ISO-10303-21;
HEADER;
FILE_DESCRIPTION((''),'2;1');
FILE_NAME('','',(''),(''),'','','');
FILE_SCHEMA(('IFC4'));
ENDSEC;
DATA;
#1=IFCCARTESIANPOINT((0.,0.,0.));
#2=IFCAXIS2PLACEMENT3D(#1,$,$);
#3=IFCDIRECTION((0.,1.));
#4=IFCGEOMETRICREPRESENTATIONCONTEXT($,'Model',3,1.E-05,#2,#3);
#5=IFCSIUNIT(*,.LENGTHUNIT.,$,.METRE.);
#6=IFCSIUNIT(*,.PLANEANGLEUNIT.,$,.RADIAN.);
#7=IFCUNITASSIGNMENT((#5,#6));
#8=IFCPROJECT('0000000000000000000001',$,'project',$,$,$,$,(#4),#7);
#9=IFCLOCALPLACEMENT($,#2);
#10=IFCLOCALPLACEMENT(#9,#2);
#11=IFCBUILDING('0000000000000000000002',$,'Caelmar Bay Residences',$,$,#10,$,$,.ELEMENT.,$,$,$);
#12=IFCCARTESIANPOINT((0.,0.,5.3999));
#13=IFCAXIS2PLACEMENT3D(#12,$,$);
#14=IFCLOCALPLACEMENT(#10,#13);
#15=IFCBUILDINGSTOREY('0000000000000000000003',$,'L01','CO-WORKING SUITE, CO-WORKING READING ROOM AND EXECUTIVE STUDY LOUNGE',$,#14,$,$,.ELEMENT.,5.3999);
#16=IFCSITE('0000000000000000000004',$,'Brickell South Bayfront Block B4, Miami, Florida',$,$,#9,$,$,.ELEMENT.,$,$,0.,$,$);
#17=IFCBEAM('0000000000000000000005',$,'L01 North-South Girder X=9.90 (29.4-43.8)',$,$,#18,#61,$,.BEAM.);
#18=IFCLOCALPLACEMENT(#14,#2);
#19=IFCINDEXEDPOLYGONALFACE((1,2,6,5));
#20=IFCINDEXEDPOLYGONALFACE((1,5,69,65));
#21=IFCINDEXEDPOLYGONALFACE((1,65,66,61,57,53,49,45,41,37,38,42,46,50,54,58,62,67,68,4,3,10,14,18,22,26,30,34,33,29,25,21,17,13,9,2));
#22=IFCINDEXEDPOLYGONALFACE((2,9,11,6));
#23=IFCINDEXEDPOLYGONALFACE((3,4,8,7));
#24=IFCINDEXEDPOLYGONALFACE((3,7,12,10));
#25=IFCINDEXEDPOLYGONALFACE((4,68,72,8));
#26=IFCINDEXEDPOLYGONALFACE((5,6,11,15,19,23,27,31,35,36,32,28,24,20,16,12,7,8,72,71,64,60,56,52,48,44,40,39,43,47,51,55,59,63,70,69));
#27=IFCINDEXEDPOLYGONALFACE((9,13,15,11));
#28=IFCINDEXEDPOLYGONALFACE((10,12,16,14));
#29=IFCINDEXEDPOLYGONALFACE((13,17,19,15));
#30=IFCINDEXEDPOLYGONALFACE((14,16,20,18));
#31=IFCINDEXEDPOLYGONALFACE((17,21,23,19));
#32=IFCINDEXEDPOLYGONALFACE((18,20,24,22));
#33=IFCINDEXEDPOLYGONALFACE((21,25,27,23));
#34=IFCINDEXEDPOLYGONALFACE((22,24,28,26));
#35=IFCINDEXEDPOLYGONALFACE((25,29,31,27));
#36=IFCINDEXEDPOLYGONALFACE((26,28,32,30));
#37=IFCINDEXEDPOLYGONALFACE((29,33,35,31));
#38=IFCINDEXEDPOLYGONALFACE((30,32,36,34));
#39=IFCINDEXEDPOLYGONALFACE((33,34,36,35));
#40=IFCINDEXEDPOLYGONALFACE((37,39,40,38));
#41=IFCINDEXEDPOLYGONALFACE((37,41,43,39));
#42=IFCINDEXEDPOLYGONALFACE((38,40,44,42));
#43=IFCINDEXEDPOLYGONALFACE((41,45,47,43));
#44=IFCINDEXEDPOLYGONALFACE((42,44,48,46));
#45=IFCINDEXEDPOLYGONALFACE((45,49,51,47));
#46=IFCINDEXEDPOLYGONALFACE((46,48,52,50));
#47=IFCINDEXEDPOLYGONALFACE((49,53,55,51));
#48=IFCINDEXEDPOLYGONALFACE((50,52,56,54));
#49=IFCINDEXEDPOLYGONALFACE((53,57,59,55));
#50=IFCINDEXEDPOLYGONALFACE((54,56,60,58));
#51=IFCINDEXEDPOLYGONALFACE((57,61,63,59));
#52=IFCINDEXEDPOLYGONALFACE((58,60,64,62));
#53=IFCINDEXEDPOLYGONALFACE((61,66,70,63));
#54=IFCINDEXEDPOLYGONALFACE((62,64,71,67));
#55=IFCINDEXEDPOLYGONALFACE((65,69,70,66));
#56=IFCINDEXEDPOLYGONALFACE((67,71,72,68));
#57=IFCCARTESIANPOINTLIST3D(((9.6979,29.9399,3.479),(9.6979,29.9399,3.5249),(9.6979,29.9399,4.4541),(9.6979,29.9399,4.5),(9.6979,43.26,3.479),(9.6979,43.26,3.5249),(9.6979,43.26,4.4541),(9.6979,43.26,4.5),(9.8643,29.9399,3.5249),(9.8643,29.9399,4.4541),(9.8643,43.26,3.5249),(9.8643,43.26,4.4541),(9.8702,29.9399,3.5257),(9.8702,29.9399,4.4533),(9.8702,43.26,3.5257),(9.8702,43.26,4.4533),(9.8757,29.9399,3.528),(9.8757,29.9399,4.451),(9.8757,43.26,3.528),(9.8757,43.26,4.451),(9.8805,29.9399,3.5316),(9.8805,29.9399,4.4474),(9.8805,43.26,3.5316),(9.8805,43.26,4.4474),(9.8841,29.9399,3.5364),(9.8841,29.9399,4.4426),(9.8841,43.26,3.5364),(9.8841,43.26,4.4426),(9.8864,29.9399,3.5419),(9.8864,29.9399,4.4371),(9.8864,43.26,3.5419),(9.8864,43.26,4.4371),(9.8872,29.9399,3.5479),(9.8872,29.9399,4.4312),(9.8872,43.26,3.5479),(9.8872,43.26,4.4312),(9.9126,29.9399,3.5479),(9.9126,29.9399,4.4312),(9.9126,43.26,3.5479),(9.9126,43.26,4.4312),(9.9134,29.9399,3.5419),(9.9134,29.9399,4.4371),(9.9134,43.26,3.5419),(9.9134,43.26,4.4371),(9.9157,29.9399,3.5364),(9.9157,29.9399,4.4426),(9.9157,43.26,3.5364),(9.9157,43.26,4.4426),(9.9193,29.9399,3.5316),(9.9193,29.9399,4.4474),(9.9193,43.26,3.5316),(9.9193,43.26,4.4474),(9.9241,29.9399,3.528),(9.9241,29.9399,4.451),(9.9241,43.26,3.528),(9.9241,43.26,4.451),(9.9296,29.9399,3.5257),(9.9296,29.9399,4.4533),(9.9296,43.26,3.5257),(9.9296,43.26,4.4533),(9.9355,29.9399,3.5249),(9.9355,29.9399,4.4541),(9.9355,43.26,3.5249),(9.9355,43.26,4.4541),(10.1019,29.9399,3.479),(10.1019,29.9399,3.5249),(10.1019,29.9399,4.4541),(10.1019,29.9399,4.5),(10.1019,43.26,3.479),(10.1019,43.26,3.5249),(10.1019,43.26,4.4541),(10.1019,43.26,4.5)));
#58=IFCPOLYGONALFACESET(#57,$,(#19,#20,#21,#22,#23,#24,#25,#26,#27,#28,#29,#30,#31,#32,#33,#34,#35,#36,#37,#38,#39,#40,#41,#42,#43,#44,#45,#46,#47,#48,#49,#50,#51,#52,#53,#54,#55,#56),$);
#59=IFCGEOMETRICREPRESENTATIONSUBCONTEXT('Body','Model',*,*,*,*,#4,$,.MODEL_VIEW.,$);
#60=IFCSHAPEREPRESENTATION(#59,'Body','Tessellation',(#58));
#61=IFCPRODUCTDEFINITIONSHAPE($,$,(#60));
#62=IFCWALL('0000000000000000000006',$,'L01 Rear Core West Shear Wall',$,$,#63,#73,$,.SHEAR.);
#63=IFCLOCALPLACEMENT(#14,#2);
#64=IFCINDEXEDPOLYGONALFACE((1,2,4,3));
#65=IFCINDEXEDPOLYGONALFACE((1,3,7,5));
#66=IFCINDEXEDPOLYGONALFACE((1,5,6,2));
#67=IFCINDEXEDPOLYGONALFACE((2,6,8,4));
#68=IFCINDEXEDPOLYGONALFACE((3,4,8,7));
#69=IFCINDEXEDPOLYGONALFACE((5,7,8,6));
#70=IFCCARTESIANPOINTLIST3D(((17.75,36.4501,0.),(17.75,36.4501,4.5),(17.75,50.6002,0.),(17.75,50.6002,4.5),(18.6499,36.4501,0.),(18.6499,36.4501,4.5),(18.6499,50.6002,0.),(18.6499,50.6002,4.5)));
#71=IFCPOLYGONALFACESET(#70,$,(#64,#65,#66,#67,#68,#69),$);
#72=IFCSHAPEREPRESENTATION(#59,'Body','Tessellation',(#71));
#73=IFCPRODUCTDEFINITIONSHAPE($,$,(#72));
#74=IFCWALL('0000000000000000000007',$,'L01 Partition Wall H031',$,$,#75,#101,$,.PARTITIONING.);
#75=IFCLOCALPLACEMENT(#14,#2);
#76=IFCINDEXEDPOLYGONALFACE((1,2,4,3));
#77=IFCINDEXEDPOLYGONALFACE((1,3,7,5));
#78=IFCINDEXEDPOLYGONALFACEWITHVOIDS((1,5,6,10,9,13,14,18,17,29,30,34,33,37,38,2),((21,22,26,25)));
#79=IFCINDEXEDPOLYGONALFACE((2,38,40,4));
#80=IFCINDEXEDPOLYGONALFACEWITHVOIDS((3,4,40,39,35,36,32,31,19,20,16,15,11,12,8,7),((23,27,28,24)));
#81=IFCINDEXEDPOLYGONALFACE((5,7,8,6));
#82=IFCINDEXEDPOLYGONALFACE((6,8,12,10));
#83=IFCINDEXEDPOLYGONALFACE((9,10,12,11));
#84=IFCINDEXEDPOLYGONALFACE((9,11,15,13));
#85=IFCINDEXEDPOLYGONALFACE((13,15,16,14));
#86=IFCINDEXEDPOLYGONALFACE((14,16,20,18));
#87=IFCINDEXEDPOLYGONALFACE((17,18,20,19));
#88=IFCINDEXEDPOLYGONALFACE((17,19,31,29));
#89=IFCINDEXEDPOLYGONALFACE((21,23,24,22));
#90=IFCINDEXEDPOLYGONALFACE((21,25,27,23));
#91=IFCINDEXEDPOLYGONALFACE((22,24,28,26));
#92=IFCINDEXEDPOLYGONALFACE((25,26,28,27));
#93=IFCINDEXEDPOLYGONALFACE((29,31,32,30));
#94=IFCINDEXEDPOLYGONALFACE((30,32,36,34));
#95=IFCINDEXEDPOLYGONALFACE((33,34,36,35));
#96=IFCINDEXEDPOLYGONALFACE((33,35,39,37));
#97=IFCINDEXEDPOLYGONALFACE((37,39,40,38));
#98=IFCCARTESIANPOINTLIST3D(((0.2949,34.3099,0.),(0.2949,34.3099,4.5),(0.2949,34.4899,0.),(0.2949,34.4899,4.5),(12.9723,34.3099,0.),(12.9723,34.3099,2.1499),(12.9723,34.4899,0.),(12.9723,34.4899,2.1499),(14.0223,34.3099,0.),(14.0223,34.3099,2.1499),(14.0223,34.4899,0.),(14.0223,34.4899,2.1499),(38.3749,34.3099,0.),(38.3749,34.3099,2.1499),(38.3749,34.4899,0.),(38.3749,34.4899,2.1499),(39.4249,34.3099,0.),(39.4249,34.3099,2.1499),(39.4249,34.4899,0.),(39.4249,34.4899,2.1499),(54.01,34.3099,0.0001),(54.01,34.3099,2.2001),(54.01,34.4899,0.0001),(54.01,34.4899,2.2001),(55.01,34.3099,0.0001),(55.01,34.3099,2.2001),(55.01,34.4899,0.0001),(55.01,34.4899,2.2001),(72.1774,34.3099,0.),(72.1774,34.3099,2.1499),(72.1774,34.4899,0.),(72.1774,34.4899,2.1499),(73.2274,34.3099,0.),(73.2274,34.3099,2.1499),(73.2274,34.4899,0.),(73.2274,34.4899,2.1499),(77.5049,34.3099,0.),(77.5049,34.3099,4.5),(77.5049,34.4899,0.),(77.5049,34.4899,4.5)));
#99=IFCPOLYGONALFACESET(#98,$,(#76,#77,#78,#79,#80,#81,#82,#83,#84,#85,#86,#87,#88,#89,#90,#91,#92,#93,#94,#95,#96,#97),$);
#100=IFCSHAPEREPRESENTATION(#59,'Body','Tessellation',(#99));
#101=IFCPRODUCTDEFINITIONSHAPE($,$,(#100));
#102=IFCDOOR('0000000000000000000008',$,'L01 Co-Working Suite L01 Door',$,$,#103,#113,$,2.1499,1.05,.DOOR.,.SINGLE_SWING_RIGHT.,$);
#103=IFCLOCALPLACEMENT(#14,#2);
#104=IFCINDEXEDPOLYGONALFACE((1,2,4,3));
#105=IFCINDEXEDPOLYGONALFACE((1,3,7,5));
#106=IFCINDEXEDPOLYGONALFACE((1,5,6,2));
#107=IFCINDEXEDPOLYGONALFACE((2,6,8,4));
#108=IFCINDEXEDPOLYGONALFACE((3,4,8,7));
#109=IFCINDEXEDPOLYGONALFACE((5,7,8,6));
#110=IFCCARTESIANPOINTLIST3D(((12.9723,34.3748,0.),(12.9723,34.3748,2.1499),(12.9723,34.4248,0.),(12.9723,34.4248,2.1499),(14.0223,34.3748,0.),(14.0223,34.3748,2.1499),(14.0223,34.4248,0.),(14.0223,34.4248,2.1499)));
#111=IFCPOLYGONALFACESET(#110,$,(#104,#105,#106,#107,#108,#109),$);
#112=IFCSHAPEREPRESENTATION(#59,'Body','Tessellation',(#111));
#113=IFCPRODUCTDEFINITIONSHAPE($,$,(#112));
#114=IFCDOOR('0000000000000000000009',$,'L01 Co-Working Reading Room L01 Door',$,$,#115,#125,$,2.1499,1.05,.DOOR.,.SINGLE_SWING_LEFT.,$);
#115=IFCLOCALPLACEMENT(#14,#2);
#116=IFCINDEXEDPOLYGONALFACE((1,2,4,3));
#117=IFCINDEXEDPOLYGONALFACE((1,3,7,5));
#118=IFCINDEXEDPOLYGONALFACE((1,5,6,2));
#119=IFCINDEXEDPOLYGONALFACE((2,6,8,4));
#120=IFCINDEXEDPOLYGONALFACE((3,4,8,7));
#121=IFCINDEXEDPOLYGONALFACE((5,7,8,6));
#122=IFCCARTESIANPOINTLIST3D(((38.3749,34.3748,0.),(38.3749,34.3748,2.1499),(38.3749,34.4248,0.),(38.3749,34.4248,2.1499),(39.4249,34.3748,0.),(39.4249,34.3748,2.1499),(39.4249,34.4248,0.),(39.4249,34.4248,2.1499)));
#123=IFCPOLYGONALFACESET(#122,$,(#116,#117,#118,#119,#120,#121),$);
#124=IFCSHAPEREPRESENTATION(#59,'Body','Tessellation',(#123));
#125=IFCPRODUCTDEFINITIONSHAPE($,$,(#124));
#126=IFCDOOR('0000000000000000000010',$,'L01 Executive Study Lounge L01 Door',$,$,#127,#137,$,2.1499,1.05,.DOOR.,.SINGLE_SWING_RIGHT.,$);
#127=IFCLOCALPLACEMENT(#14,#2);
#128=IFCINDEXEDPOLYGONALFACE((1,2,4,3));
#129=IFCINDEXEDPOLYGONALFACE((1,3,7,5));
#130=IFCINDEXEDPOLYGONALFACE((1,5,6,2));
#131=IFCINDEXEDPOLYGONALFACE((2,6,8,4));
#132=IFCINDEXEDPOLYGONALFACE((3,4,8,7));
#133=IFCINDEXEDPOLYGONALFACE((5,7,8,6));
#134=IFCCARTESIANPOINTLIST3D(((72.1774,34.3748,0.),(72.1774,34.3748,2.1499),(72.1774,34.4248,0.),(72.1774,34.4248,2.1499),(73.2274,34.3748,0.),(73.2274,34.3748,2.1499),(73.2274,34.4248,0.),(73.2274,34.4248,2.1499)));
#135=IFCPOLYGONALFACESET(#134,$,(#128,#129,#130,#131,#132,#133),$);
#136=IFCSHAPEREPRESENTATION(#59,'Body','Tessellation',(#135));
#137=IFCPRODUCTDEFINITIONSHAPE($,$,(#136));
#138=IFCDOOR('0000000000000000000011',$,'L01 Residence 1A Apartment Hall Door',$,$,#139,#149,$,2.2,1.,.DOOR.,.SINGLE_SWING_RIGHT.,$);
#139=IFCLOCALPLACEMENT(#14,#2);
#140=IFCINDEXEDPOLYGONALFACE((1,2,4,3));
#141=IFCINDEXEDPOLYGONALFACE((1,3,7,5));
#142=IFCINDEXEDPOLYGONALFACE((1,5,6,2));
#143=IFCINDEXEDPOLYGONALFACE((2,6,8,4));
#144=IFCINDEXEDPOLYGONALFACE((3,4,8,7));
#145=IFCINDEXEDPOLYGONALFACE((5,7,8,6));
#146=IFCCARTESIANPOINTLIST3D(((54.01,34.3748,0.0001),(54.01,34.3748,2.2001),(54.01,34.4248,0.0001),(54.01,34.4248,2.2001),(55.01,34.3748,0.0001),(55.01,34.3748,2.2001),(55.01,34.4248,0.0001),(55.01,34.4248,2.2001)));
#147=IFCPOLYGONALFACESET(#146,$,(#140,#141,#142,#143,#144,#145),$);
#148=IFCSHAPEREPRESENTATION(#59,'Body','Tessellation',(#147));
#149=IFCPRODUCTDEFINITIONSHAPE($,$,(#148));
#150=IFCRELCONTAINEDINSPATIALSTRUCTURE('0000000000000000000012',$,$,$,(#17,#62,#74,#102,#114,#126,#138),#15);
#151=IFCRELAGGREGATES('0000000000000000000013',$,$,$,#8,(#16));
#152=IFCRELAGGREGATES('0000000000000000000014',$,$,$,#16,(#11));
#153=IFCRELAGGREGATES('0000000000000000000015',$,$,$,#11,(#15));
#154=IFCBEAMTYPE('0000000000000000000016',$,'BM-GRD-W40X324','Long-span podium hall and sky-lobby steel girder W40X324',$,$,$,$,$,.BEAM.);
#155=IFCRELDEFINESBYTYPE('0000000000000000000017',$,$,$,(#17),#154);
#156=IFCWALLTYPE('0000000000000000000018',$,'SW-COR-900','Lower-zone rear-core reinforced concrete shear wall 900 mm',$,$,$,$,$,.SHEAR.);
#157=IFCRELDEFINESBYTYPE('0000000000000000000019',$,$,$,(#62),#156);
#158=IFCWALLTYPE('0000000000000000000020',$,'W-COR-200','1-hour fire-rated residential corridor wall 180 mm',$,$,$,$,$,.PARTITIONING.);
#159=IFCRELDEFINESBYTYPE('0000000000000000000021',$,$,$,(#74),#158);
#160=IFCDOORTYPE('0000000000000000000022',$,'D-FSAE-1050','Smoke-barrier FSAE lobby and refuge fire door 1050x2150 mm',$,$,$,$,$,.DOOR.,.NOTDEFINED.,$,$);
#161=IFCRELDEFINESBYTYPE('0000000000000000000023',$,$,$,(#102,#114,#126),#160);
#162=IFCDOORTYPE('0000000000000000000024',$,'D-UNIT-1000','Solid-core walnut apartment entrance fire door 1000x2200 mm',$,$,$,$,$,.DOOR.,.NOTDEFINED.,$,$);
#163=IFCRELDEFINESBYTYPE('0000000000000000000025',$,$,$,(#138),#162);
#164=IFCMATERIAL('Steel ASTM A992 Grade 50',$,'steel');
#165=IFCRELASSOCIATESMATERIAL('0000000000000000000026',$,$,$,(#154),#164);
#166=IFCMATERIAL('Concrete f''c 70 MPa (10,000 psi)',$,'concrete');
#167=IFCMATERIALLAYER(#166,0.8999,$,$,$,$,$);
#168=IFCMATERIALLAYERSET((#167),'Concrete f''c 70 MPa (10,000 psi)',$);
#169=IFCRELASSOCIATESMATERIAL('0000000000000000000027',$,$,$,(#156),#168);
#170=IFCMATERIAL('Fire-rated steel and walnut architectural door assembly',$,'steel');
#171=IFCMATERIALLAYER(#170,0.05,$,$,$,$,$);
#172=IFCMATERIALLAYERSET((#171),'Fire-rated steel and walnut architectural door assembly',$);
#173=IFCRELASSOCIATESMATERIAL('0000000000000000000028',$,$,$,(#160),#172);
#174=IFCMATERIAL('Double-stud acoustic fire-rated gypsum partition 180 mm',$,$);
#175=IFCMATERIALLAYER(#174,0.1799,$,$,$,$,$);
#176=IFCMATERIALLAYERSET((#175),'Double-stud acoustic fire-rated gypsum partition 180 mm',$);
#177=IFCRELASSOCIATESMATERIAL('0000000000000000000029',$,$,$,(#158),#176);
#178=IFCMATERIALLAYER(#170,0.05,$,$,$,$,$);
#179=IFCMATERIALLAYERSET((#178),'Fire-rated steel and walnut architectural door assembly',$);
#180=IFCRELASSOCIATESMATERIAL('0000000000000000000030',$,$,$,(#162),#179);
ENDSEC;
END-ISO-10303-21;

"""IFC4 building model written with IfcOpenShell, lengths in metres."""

from ifc_helpers import new_model, si_unit, direction, frame, frame_2d, origin, origin_2d, place, context, subcontext, project, spatial, rectangle, i_section, extrude, material, layer, layer_set, material_profile, profile_set, type_object, element, fill, save


model = new_model("IFC4")

# Units and contexts
model_context = context("Model", 3, precision=1e-05, world=origin(), true_north=direction((0.0, 1.0)))
body_context = subcontext(model_context, "Body", "Model", "MODEL_VIEW")
ifc_project = project(units=[si_unit("LENGTHUNIT", "METRE"), si_unit("PLANEANGLEUNIT", "RADIAN")], contexts=[model_context])

# Site, building, storey
site_placement = place(None, origin())
site = spatial("IfcSite", under=ifc_project, at=site_placement, Name="Brickell South Bayfront Block B4, Miami, Florida", CompositionType="ELEMENT", RefElevation=0.0)
building_placement = place(site_placement, origin())
building = spatial("IfcBuilding", under=site, at=building_placement, Name="Caelmar Bay Residences", CompositionType="ELEMENT")
storey_placement = place(building_placement, frame((0.0, 0.0, 5.3999)))
storey = spatial("IfcBuildingStorey", under=building, at=storey_placement, Name="L01", Description="CO-WORKING SUITE, CO-WORKING READING ROOM AND EXECUTIVE STUDY LOUNGE", CompositionType="ELEMENT", Elevation=5.3999)

# Beam
ifc_material_1 = material(Name="Steel ASTM A992 Grade 50", Category="steel")
ifc_material_profile = material_profile(ifc_material_1, i_section(OverallWidth=0.4041, OverallDepth=1.021, WebThickness=0.0254, FlangeThickness=0.0459, FilletRadius=0.0229, at=origin_2d()), Name="W40X324")
ifc_profile_set = profile_set([ifc_material_profile], Name="Steel ASTM A992 Grade 50")
beam_type = type_object("IfcBeamType", Name="BM-GRD-W40X324", Description="Long-span podium hall and sky-lobby steel girder W40X324", PredefinedType="BEAM", material=ifc_profile_set)
beam_placement = place(storey_placement, frame((9.8999, 29.9399, 3.9895), z_axis=(0.0, 1.0, 0.0), x_axis=(-1.0, 0.0, 0.0)))
element("IfcBeam", 1, at=beam_placement, inside=storey, type_object=beam_type, Name="L01 North-South Girder X=9.90 (29.4-43.8)", PredefinedType="BEAM", context=body_context, shape_type="SweptSolid", body=[
    extrude(i_section(OverallWidth=0.4041, OverallDepth=1.021, WebThickness=0.0254, FlangeThickness=0.0459, FilletRadius=0.0229, at=origin_2d()), origin(), (0.0, 0.0, 1.0), 13.3201),
])

# Shared definitions
ifc_material_2 = material(Name="Concrete f'c 70 MPa (10,000 psi)", Category="concrete")
ifc_layer_1 = layer(ifc_material_2, 0.8999)
ifc_layer_set_1 = layer_set([ifc_layer_1], Name="Concrete f'c 70 MPa (10,000 psi)")
wall_type_1 = type_object("IfcWallType", Name="SW-COR-900", Description="Lower-zone rear-core reinforced concrete shear wall 900 mm", PredefinedType="SHEAR", material=ifc_layer_set_1)
ifc_material_3 = material(Name="Fire-rated steel and walnut architectural door assembly", Category="steel")
ifc_layer_2 = layer(ifc_material_3, 0.05)
ifc_layer_set_2 = layer_set([ifc_layer_2], Name="Fire-rated steel and walnut architectural door assembly")
door_type_1 = type_object("IfcDoorType", Name="D-FSAE-1050", Description="Smoke-barrier FSAE lobby and refuge fire door 1050x2150 mm", OperationType="NOTDEFINED", PredefinedType="DOOR", material=ifc_layer_set_2)

# Wall
wall_1_placement = place(storey_placement, frame((18.2, 36.45, 0.0), z_axis=(0.0, 0.0, 1.0), x_axis=(0.0, 1.0, 0.0)))
element("IfcWall", 2, at=wall_1_placement, inside=storey, type_object=wall_type_1, Name="L01 Rear Core West Shear Wall", PredefinedType="SHEAR", context=body_context, shape_type="SweptSolid", body=[
    extrude(rectangle(XDim=14.1501, YDim=0.8999, at=frame_2d((7.0752, 0.0))), origin(), (0.0, 0.0, 1.0), 4.5),
])

# Wall, openings, doors
ifc_material_4 = material(Name="Double-stud acoustic fire-rated gypsum partition 180 mm")
ifc_layer_3 = layer(ifc_material_4, 0.1799)
ifc_layer_set_3 = layer_set([ifc_layer_3], Name="Double-stud acoustic fire-rated gypsum partition 180 mm")
wall_type_2 = type_object("IfcWallType", Name="W-COR-200", Description="1-hour fire-rated residential corridor wall 180 mm", PredefinedType="PARTITIONING", material=ifc_layer_set_3)
wall_2_placement = place(storey_placement, frame((0.2949, 34.3999, 0.0), z_axis=(0.0, 0.0, 1.0), x_axis=(1.0, 0.0, 0.0)))
wall_2 = element("IfcWall", 3, at=wall_2_placement, inside=storey, type_object=wall_type_2, Name="L01 Partition Wall H031", PredefinedType="PARTITIONING", context=body_context, shape_type="SweptSolid", body=[
    extrude(rectangle(XDim=77.21, YDim=0.1799, at=frame_2d((38.605, 0.0))), origin(), (0.0, 0.0, 1.0), 4.5),
])
opening_1_placement = place(wall_2_placement, frame((12.6775, 0.0, 0.0)))
opening_1 = element("IfcOpeningElement", 4, at=opening_1_placement, cuts=wall_2, PredefinedType="OPENING", context=body_context, shape_type="SweptSolid", body=[
    extrude(rectangle(XDim=1.05, YDim=2.1499, at=frame_2d((0.5249, 1.075))), frame((0.0, 0.0999, 0.0), z_axis=(0.0, -1.0, 0.0), x_axis=(1.0, 0.0, 0.0)), (0.0, 0.0, 1.0), 0.2),
])
opening_2_placement = place(wall_2_placement, frame((38.0801, 0.0, 0.0)))
opening_2 = element("IfcOpeningElement", 5, at=opening_2_placement, cuts=wall_2, PredefinedType="OPENING", context=body_context, shape_type="SweptSolid", body=[
    extrude(rectangle(XDim=1.05, YDim=2.1499, at=frame_2d((0.5249, 1.075))), frame((0.0, 0.0999, 0.0), z_axis=(0.0, -1.0, 0.0), x_axis=(1.0, 0.0, 0.0)), (0.0, 0.0, 1.0), 0.2),
])
opening_3_placement = place(wall_2_placement, frame((53.7151, 0.0, 0.0)))
opening_3 = element("IfcOpeningElement", 6, at=opening_3_placement, cuts=wall_2, PredefinedType="OPENING", context=body_context, shape_type="SweptSolid", body=[
    extrude(rectangle(XDim=1.0, YDim=2.2, at=frame_2d((0.5, 1.1001))), frame((0.0, 0.0999, 0.0), z_axis=(0.0, -1.0, 0.0), x_axis=(1.0, 0.0, 0.0)), (0.0, 0.0, 1.0), 0.2),
])
opening_4_placement = place(wall_2_placement, frame((71.8826, 0.0, 0.0)))
opening_4 = element("IfcOpeningElement", 7, at=opening_4_placement, cuts=wall_2, PredefinedType="OPENING", context=body_context, shape_type="SweptSolid", body=[
    extrude(rectangle(XDim=1.05, YDim=2.1499, at=frame_2d((0.5249, 1.075))), frame((0.0, 0.0999, 0.0), z_axis=(0.0, -1.0, 0.0), x_axis=(1.0, 0.0, 0.0)), (0.0, 0.0, 1.0), 0.2),
])
door_1_placement = place(opening_1_placement, origin())
door_1 = element("IfcDoor", 8, at=door_1_placement, inside=storey, type_object=door_type_1, Name="L01 Co-Working Suite L01 Door", OperationType="SINGLE_SWING_RIGHT", OverallHeight=2.1499, OverallWidth=1.05, PredefinedType="DOOR", context=body_context, shape_type="SweptSolid", body=[
    extrude(rectangle(XDim=1.05, YDim=2.1499, at=frame_2d((0.5249, 1.075))), frame((0.0, 0.0249, 0.0), z_axis=(0.0, -1.0, 0.0), x_axis=(1.0, 0.0, 0.0)), (0.0, 0.0, 1.0), 0.05),
])
fill(opening_1, door_1)
door_2_placement = place(opening_2_placement, origin())
door_2 = element("IfcDoor", 9, at=door_2_placement, inside=storey, type_object=door_type_1, Name="L01 Co-Working Reading Room L01 Door", OperationType="SINGLE_SWING_LEFT", OverallHeight=2.1499, OverallWidth=1.05, PredefinedType="DOOR", context=body_context, shape_type="SweptSolid", body=[
    extrude(rectangle(XDim=1.05, YDim=2.1499, at=frame_2d((0.5249, 1.075))), frame((0.0, 0.0249, 0.0), z_axis=(0.0, -1.0, 0.0), x_axis=(1.0, 0.0, 0.0)), (0.0, 0.0, 1.0), 0.05),
])
fill(opening_2, door_2)
door_3_placement = place(opening_4_placement, origin())
door_3 = element("IfcDoor", 10, at=door_3_placement, inside=storey, type_object=door_type_1, Name="L01 Executive Study Lounge L01 Door", OperationType="SINGLE_SWING_RIGHT", OverallHeight=2.1499, OverallWidth=1.05, PredefinedType="DOOR", context=body_context, shape_type="SweptSolid", body=[
    extrude(rectangle(XDim=1.05, YDim=2.1499, at=frame_2d((0.5249, 1.075))), frame((0.0, 0.0249, 0.0), z_axis=(0.0, -1.0, 0.0), x_axis=(1.0, 0.0, 0.0)), (0.0, 0.0, 1.0), 0.05),
])
fill(opening_4, door_3)
ifc_layer_4 = layer(ifc_material_3, 0.05)
ifc_layer_set_4 = layer_set([ifc_layer_4], Name="Fire-rated steel and walnut architectural door assembly")
door_type_2 = type_object("IfcDoorType", Name="D-UNIT-1000", Description="Solid-core walnut apartment entrance fire door 1000x2200 mm", OperationType="NOTDEFINED", PredefinedType="DOOR", material=ifc_layer_set_4)
door_4_placement = place(opening_3_placement, origin())
door_4 = element("IfcDoor", 11, at=door_4_placement, inside=storey, type_object=door_type_2, Name="L01 Residence 1A Apartment Hall Door", OperationType="SINGLE_SWING_RIGHT", OverallHeight=2.2, OverallWidth=1.0, PredefinedType="DOOR", context=body_context, shape_type="SweptSolid", body=[
    extrude(rectangle(XDim=1.0, YDim=2.2, at=frame_2d((0.5, 1.1001))), frame((0.0, 0.0249, 0.0), z_axis=(0.0, -1.0, 0.0), x_axis=(1.0, 0.0, 0.0)), (0.0, 0.0, 1.0), 0.05),
])
fill(opening_3, door_4)

save(model, "model.ifc")
